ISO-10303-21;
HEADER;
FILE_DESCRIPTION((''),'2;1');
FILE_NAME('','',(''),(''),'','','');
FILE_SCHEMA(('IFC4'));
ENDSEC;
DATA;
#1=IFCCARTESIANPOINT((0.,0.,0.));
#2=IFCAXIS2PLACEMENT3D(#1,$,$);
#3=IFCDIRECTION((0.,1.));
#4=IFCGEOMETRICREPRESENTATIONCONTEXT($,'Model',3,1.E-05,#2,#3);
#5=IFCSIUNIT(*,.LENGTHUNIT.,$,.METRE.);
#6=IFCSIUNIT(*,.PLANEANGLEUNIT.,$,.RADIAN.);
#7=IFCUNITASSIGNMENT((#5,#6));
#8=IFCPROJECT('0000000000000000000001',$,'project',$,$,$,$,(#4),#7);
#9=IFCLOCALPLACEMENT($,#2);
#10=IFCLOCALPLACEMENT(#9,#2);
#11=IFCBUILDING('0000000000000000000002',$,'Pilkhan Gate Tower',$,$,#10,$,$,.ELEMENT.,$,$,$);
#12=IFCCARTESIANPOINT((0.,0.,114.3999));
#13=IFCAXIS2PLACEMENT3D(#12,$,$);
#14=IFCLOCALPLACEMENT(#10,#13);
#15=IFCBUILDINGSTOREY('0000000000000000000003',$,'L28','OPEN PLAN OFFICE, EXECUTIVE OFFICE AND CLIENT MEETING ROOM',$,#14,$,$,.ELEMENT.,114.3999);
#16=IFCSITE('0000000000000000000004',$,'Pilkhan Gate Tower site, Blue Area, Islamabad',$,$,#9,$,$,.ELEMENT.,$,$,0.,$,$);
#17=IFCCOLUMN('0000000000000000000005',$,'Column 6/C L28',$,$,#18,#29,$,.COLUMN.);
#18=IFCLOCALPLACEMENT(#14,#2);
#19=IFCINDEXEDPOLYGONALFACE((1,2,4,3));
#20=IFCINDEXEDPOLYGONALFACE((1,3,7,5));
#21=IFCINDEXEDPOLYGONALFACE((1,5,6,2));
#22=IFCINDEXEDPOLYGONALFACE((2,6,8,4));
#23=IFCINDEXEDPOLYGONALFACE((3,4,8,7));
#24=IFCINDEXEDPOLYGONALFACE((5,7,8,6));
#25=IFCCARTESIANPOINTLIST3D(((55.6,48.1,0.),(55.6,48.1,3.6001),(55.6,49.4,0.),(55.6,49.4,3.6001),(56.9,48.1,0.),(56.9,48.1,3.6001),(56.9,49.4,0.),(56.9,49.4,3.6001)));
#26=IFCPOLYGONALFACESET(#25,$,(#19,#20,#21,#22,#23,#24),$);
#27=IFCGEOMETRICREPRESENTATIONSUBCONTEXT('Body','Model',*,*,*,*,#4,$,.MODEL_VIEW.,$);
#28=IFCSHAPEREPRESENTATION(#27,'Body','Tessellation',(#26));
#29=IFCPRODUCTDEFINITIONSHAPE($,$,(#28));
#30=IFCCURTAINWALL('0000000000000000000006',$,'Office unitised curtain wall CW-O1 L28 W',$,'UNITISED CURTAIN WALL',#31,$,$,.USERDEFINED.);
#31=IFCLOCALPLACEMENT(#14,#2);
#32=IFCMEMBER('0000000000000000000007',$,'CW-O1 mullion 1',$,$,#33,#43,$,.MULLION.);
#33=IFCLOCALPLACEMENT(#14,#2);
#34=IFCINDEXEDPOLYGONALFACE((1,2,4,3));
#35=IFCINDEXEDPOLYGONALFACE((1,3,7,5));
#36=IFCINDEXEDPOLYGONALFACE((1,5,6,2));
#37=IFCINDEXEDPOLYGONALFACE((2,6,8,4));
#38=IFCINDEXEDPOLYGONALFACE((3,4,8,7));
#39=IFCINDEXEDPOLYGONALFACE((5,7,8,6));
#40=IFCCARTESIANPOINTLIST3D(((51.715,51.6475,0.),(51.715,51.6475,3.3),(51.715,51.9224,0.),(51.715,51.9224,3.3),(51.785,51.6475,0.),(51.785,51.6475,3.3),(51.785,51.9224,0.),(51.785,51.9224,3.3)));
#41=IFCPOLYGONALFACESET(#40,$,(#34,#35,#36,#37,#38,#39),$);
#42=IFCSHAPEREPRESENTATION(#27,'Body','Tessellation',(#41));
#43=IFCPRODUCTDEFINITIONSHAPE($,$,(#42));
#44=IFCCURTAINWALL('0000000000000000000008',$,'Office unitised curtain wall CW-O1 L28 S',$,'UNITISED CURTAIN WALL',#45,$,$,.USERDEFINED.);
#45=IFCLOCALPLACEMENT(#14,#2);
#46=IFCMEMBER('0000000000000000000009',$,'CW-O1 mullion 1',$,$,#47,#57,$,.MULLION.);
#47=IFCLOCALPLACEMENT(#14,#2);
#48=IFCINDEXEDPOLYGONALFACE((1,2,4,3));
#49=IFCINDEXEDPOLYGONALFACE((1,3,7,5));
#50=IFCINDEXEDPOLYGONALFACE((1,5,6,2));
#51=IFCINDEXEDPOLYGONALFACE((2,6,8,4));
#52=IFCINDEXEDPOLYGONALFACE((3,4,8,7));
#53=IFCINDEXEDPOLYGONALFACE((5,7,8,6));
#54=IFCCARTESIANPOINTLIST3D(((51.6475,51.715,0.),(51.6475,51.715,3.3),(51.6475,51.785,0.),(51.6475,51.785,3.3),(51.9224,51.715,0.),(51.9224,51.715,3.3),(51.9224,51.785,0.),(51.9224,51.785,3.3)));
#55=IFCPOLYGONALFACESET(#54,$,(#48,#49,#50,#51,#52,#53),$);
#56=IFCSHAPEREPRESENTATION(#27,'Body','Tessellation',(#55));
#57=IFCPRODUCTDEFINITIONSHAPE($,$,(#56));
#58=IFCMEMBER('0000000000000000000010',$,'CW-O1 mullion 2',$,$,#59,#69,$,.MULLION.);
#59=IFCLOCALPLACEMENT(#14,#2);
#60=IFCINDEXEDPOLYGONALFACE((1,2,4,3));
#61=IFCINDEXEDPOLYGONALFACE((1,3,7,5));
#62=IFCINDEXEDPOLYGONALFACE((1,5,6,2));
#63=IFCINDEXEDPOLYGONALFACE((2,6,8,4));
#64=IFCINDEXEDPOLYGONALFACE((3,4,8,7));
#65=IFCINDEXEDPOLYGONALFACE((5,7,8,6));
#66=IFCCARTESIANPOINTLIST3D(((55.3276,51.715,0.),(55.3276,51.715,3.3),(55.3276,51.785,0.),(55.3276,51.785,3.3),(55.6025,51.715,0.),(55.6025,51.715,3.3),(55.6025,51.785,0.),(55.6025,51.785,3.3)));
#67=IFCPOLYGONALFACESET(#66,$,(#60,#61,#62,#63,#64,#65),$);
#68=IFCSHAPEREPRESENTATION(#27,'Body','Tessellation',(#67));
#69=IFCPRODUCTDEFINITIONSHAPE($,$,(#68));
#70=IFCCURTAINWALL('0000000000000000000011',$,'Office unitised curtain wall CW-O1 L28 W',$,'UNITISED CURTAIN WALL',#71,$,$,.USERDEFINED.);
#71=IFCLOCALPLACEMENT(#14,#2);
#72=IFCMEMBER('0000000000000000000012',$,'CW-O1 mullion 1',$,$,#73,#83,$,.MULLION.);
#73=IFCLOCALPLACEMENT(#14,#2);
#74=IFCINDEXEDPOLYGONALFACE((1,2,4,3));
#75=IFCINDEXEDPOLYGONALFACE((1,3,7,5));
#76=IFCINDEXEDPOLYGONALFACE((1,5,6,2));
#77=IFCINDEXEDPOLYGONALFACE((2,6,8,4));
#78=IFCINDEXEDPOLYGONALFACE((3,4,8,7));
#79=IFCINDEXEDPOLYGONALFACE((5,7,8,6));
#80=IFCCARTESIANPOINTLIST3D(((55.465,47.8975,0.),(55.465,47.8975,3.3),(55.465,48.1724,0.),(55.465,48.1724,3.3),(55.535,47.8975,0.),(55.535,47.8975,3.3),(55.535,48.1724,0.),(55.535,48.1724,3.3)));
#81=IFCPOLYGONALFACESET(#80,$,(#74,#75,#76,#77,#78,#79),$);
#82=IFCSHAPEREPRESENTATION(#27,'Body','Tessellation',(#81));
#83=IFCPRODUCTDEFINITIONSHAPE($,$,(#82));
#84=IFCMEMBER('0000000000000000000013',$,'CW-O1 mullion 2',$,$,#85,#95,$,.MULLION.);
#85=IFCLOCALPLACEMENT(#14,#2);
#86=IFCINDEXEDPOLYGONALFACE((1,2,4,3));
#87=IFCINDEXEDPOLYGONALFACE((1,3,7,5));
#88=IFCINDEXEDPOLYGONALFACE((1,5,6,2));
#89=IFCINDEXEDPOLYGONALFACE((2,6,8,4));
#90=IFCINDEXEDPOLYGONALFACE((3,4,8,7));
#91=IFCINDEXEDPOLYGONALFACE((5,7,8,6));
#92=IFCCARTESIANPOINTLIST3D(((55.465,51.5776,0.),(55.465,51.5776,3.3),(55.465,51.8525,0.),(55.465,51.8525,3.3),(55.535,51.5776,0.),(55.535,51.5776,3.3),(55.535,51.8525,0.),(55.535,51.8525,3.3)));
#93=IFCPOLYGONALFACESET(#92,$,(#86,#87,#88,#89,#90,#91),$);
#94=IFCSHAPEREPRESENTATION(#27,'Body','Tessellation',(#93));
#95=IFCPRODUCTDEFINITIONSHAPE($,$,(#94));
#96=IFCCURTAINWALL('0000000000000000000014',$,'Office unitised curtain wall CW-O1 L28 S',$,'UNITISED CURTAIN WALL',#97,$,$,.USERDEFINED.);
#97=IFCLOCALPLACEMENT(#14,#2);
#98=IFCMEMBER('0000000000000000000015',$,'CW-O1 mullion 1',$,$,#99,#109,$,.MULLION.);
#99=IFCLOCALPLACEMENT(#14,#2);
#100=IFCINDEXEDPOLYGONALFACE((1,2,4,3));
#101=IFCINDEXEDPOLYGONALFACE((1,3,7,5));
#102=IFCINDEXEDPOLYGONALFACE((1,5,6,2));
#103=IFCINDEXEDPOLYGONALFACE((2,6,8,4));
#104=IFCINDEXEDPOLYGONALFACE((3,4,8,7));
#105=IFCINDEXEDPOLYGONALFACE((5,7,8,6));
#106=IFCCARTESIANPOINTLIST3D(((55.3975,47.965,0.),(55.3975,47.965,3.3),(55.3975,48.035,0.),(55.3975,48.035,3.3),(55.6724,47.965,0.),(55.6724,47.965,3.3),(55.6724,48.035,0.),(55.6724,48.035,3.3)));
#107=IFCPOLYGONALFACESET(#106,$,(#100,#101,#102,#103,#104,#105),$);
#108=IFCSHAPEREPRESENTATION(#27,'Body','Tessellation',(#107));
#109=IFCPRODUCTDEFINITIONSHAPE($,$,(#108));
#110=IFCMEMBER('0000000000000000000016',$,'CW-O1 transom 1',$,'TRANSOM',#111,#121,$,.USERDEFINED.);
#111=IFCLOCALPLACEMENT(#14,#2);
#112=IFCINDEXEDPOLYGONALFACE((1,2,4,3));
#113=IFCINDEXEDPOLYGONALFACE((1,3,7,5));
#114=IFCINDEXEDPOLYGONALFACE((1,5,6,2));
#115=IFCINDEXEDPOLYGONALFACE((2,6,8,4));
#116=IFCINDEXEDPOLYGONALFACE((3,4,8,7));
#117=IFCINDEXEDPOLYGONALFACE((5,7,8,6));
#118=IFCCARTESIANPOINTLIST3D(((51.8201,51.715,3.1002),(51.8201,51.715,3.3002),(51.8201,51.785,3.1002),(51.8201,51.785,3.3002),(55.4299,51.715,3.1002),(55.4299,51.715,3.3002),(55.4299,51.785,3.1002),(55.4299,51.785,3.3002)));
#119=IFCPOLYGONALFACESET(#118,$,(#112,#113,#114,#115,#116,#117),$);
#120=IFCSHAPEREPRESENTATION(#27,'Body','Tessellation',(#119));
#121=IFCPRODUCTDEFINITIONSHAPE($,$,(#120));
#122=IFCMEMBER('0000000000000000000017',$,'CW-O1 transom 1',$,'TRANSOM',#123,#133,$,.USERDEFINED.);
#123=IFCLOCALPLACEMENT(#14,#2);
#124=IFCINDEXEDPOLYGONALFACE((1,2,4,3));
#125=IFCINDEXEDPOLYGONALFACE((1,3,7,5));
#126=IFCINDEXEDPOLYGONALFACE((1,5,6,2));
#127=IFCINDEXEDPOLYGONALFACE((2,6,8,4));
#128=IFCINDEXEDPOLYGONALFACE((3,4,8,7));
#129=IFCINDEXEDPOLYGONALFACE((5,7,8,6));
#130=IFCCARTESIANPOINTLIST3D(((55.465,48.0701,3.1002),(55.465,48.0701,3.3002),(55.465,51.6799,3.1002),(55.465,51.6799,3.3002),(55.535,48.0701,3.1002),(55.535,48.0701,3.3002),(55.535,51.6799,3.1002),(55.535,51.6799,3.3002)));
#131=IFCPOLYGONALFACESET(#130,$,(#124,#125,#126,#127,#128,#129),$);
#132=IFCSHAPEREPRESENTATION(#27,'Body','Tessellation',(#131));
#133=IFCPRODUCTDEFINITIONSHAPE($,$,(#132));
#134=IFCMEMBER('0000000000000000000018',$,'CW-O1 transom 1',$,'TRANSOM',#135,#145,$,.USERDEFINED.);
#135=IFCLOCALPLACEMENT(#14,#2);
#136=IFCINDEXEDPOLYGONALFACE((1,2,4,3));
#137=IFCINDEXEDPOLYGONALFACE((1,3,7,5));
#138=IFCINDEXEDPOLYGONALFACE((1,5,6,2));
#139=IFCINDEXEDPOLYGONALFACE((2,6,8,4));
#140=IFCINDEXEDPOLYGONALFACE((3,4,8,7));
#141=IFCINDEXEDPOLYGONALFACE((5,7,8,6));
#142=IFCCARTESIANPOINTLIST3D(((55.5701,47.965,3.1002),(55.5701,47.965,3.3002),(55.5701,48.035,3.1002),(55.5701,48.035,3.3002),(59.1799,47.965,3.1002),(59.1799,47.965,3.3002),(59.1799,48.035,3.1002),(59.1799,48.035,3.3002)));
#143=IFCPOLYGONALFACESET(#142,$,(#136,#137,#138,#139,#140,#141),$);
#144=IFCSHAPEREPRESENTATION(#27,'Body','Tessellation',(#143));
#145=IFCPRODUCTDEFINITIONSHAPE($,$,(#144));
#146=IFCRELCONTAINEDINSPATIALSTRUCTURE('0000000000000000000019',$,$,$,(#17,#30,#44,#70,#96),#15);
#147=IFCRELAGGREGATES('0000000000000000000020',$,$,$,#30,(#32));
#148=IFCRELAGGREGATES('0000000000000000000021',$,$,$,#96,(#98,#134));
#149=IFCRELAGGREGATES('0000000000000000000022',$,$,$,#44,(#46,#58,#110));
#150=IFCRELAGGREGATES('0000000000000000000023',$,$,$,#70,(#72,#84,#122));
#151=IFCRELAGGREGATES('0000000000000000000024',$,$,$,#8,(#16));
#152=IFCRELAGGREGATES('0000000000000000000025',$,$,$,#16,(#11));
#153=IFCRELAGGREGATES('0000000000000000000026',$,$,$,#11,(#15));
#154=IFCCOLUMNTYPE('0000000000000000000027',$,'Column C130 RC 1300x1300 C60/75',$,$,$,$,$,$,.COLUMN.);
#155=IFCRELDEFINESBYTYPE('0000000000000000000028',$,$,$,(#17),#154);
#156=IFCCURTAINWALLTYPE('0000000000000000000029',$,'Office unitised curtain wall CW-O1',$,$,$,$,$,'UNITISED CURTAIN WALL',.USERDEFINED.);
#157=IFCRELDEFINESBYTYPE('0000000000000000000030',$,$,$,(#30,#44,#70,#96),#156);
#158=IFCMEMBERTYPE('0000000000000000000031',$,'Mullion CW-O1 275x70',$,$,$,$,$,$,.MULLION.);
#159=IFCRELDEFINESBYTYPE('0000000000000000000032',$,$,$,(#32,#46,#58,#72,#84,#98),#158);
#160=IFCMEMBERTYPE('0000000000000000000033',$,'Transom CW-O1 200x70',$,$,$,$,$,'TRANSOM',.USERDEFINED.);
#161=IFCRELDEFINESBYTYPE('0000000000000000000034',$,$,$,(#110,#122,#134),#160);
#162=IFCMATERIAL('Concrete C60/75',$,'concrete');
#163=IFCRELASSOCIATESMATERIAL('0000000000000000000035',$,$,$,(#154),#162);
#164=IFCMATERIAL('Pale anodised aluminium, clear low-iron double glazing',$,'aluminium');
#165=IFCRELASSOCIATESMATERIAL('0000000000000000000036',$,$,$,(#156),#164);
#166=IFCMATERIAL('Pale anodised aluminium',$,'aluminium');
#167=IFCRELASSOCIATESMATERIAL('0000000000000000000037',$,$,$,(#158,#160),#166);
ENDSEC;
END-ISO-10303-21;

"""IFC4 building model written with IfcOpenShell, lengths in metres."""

from ifc_helpers import new_model, si_unit, direction, frame, origin, origin_2d, place, context, subcontext, project, spatial, rectangle, extrude, material, material_profile, profile_set, type_object, element, aggregate, save


model = new_model("IFC4")

# Units and contexts
model_context = context("Model", 3, precision=1e-05, world=origin(), true_north=direction((0.0, 1.0)))
body_context = subcontext(model_context, "Body", "Model", "MODEL_VIEW")
ifc_project = project(units=[si_unit("LENGTHUNIT", "METRE"), si_unit("PLANEANGLEUNIT", "RADIAN")], contexts=[model_context])

# Site, building, storey
site_placement = place(None, origin())
site = spatial("IfcSite", under=ifc_project, at=site_placement, Name="Pilkhan Gate Tower site, Blue Area, Islamabad", CompositionType="ELEMENT", RefElevation=0.0)
building_placement = place(site_placement, origin())
building = spatial("IfcBuilding", under=site, at=building_placement, Name="Pilkhan Gate Tower", CompositionType="ELEMENT")
storey_placement = place(building_placement, frame((0.0, 0.0, 114.3999)))
storey = spatial("IfcBuildingStorey", under=building, at=storey_placement, Name="L28", Description="OPEN PLAN OFFICE, EXECUTIVE OFFICE AND CLIENT MEETING ROOM", CompositionType="ELEMENT", Elevation=114.3999)

# Column
ifc_material_1 = material(Name="Concrete C60/75", Category="concrete")
ifc_material_profile_1 = material_profile(ifc_material_1, rectangle(XDim=1.3, YDim=1.3, at=origin_2d()), Name="RC 1300x1300")
ifc_profile_set_1 = profile_set([ifc_material_profile_1], Name="Concrete C60/75")
column_type = type_object("IfcColumnType", Name="Column C130 RC 1300x1300 C60/75", PredefinedType="COLUMN", material=ifc_profile_set_1)
column_placement = place(storey_placement, frame((56.25, 48.75, 0.0), z_axis=(0.0, 0.0, 1.0), x_axis=(1.0, 0.0, 0.0)))
element("IfcColumn", 1, at=column_placement, inside=storey, type_object=column_type, Name="Column 6/C L28", PredefinedType="COLUMN", context=body_context, shape_type="SweptSolid", body=[
    extrude(rectangle(XDim=1.3, YDim=1.3, at=origin_2d()), origin(), (0.0, 0.0, 1.0), 3.6001),
])

# Curtain wall, member
ifc_material_2 = material(Name="Pale anodised aluminium, clear low-iron double glazing", Category="aluminium")
curtain_wall_type = type_object("IfcCurtainWallType", Name="Office unitised curtain wall CW-O1", ElementType="UNITISED CURTAIN WALL", PredefinedType="USERDEFINED", material=ifc_material_2)
curtain_wall_1_placement = place(storey_placement, origin())
curtain_wall_1 = element("IfcCurtainWall", 2, at=curtain_wall_1_placement, inside=storey, type_object=curtain_wall_type, Name="Office unitised curtain wall CW-O1 L28 W", ObjectType="UNITISED CURTAIN WALL", PredefinedType="USERDEFINED")
ifc_material_3 = material(Name="Pale anodised aluminium", Category="aluminium")
ifc_material_profile_2 = material_profile(ifc_material_3, rectangle(XDim=0.0701, YDim=0.2749, at=origin_2d()), Name="Mullion 275x70")
ifc_profile_set_2 = profile_set([ifc_material_profile_2], Name="Pale anodised aluminium")
member_type_1 = type_object("IfcMemberType", Name="Mullion CW-O1 275x70", PredefinedType="MULLION", material=ifc_profile_set_2)
member_1_placement = place(storey_placement, frame((51.75, 51.7849, 0.0), z_axis=(0.0, 0.0, 1.0), x_axis=(-1.0, 0.0, 0.0)))
member_1 = element("IfcMember", 3, at=member_1_placement, type_object=member_type_1, Name="CW-O1 mullion 1", PredefinedType="MULLION", context=body_context, shape_type="SweptSolid", body=[
    extrude(rectangle(XDim=0.0701, YDim=0.2749, at=origin_2d()), origin(), (0.0, 0.0, 1.0), 3.3),
])
aggregate(curtain_wall_1, [member_1])

# Curtain walls, members
curtain_wall_2_placement = place(storey_placement, origin())
curtain_wall_2 = element("IfcCurtainWall", 4, at=curtain_wall_2_placement, inside=storey, type_object=curtain_wall_type, Name="Office unitised curtain wall CW-O1 L28 S", ObjectType="UNITISED CURTAIN WALL", PredefinedType="USERDEFINED")
member_2_placement = place(storey_placement, frame((51.7849, 51.75, 0.0), z_axis=(0.0, 0.0, 1.0), x_axis=(0.0, 1.0, 0.0)))
member_2 = element("IfcMember", 5, at=member_2_placement, type_object=member_type_1, Name="CW-O1 mullion 1", PredefinedType="MULLION", context=body_context, shape_type="SweptSolid", body=[
    extrude(rectangle(XDim=0.0701, YDim=0.2749, at=origin_2d()), origin(), (0.0, 0.0, 1.0), 3.3),
])
member_3_placement = place(storey_placement, frame((55.4651, 51.75, 0.0), z_axis=(0.0, 0.0, 1.0), x_axis=(0.0, 1.0, 0.0)))
member_3 = element("IfcMember", 6, at=member_3_placement, type_object=member_type_1, Name="CW-O1 mullion 2", PredefinedType="MULLION", context=body_context, shape_type="SweptSolid", body=[
    extrude(rectangle(XDim=0.0701, YDim=0.2749, at=origin_2d()), origin(), (0.0, 0.0, 1.0), 3.3),
])
curtain_wall_3_placement = place(storey_placement, origin())
curtain_wall_3 = element("IfcCurtainWall", 7, at=curtain_wall_3_placement, inside=storey, type_object=curtain_wall_type, Name="Office unitised curtain wall CW-O1 L28 W", ObjectType="UNITISED CURTAIN WALL", PredefinedType="USERDEFINED")
member_4_placement = place(storey_placement, frame((55.5, 48.0349, 0.0), z_axis=(0.0, 0.0, 1.0), x_axis=(-1.0, 0.0, 0.0)))
member_4 = element("IfcMember", 8, at=member_4_placement, type_object=member_type_1, Name="CW-O1 mullion 1", PredefinedType="MULLION", context=body_context, shape_type="SweptSolid", body=[
    extrude(rectangle(XDim=0.0701, YDim=0.2749, at=origin_2d()), origin(), (0.0, 0.0, 1.0), 3.3),
])
member_5_placement = place(storey_placement, frame((55.5, 51.7151, 0.0), z_axis=(0.0, 0.0, 1.0), x_axis=(-1.0, 0.0, 0.0)))
member_5 = element("IfcMember", 9, at=member_5_placement, type_object=member_type_1, Name="CW-O1 mullion 2", PredefinedType="MULLION", context=body_context, shape_type="SweptSolid", body=[
    extrude(rectangle(XDim=0.0701, YDim=0.2749, at=origin_2d()), origin(), (0.0, 0.0, 1.0), 3.3),
])

# Curtain wall, member
curtain_wall_4_placement = place(storey_placement, origin())
curtain_wall_4 = element("IfcCurtainWall", 10, at=curtain_wall_4_placement, inside=storey, type_object=curtain_wall_type, Name="Office unitised curtain wall CW-O1 L28 S", ObjectType="UNITISED CURTAIN WALL", PredefinedType="USERDEFINED")
member_6_placement = place(storey_placement, frame((55.5349, 48.0, 0.0), z_axis=(0.0, 0.0, 1.0), x_axis=(0.0, 1.0, 0.0)))
member_6 = element("IfcMember", 11, at=member_6_placement, type_object=member_type_1, Name="CW-O1 mullion 1", PredefinedType="MULLION", context=body_context, shape_type="SweptSolid", body=[
    extrude(rectangle(XDim=0.0701, YDim=0.2749, at=origin_2d()), origin(), (0.0, 0.0, 1.0), 3.3),
])

# Members
ifc_material_profile_3 = material_profile(ifc_material_3, rectangle(XDim=0.0701, YDim=0.2, at=origin_2d()), Name="Transom 200x70")
ifc_profile_set_3 = profile_set([ifc_material_profile_3], Name="Pale anodised aluminium")
member_type_2 = type_object("IfcMemberType", Name="Transom CW-O1 200x70", ElementType="TRANSOM", PredefinedType="USERDEFINED", material=ifc_profile_set_3)
member_7_placement = place(storey_placement, frame((51.8201, 51.75, 3.2002), z_axis=(1.0, 0.0, 0.0), x_axis=(0.0, 1.0, 0.0)))
member_7 = element("IfcMember", 12, at=member_7_placement, type_object=member_type_2, Name="CW-O1 transom 1", ObjectType="TRANSOM", PredefinedType="USERDEFINED", context=body_context, shape_type="SweptSolid", body=[
    extrude(rectangle(XDim=0.0701, YDim=0.2, at=origin_2d()), origin(), (0.0, 0.0, 1.0), 3.6099),
])
member_8_placement = place(storey_placement, frame((55.5, 48.0701, 3.2002), z_axis=(0.0, 1.0, 0.0), x_axis=(-1.0, 0.0, 0.0)))
member_8 = element("IfcMember", 13, at=member_8_placement, type_object=member_type_2, Name="CW-O1 transom 1", ObjectType="TRANSOM", PredefinedType="USERDEFINED", context=body_context, shape_type="SweptSolid", body=[
    extrude(rectangle(XDim=0.0701, YDim=0.2, at=origin_2d()), origin(), (0.0, 0.0, 1.0), 3.6099),
])
member_9_placement = place(storey_placement, frame((55.5701, 48.0, 3.2002), z_axis=(1.0, 0.0, 0.0), x_axis=(0.0, 1.0, 0.0)))
member_9 = element("IfcMember", 14, at=member_9_placement, type_object=member_type_2, Name="CW-O1 transom 1", ObjectType="TRANSOM", PredefinedType="USERDEFINED", context=body_context, shape_type="SweptSolid", body=[
    extrude(rectangle(XDim=0.0701, YDim=0.2, at=origin_2d()), origin(), (0.0, 0.0, 1.0), 3.6099),
])
aggregate(curtain_wall_4, [member_6, member_9])

aggregate(curtain_wall_2, [member_2, member_3, member_7])
aggregate(curtain_wall_3, [member_4, member_5, member_8])

save(model, "model.ifc")
